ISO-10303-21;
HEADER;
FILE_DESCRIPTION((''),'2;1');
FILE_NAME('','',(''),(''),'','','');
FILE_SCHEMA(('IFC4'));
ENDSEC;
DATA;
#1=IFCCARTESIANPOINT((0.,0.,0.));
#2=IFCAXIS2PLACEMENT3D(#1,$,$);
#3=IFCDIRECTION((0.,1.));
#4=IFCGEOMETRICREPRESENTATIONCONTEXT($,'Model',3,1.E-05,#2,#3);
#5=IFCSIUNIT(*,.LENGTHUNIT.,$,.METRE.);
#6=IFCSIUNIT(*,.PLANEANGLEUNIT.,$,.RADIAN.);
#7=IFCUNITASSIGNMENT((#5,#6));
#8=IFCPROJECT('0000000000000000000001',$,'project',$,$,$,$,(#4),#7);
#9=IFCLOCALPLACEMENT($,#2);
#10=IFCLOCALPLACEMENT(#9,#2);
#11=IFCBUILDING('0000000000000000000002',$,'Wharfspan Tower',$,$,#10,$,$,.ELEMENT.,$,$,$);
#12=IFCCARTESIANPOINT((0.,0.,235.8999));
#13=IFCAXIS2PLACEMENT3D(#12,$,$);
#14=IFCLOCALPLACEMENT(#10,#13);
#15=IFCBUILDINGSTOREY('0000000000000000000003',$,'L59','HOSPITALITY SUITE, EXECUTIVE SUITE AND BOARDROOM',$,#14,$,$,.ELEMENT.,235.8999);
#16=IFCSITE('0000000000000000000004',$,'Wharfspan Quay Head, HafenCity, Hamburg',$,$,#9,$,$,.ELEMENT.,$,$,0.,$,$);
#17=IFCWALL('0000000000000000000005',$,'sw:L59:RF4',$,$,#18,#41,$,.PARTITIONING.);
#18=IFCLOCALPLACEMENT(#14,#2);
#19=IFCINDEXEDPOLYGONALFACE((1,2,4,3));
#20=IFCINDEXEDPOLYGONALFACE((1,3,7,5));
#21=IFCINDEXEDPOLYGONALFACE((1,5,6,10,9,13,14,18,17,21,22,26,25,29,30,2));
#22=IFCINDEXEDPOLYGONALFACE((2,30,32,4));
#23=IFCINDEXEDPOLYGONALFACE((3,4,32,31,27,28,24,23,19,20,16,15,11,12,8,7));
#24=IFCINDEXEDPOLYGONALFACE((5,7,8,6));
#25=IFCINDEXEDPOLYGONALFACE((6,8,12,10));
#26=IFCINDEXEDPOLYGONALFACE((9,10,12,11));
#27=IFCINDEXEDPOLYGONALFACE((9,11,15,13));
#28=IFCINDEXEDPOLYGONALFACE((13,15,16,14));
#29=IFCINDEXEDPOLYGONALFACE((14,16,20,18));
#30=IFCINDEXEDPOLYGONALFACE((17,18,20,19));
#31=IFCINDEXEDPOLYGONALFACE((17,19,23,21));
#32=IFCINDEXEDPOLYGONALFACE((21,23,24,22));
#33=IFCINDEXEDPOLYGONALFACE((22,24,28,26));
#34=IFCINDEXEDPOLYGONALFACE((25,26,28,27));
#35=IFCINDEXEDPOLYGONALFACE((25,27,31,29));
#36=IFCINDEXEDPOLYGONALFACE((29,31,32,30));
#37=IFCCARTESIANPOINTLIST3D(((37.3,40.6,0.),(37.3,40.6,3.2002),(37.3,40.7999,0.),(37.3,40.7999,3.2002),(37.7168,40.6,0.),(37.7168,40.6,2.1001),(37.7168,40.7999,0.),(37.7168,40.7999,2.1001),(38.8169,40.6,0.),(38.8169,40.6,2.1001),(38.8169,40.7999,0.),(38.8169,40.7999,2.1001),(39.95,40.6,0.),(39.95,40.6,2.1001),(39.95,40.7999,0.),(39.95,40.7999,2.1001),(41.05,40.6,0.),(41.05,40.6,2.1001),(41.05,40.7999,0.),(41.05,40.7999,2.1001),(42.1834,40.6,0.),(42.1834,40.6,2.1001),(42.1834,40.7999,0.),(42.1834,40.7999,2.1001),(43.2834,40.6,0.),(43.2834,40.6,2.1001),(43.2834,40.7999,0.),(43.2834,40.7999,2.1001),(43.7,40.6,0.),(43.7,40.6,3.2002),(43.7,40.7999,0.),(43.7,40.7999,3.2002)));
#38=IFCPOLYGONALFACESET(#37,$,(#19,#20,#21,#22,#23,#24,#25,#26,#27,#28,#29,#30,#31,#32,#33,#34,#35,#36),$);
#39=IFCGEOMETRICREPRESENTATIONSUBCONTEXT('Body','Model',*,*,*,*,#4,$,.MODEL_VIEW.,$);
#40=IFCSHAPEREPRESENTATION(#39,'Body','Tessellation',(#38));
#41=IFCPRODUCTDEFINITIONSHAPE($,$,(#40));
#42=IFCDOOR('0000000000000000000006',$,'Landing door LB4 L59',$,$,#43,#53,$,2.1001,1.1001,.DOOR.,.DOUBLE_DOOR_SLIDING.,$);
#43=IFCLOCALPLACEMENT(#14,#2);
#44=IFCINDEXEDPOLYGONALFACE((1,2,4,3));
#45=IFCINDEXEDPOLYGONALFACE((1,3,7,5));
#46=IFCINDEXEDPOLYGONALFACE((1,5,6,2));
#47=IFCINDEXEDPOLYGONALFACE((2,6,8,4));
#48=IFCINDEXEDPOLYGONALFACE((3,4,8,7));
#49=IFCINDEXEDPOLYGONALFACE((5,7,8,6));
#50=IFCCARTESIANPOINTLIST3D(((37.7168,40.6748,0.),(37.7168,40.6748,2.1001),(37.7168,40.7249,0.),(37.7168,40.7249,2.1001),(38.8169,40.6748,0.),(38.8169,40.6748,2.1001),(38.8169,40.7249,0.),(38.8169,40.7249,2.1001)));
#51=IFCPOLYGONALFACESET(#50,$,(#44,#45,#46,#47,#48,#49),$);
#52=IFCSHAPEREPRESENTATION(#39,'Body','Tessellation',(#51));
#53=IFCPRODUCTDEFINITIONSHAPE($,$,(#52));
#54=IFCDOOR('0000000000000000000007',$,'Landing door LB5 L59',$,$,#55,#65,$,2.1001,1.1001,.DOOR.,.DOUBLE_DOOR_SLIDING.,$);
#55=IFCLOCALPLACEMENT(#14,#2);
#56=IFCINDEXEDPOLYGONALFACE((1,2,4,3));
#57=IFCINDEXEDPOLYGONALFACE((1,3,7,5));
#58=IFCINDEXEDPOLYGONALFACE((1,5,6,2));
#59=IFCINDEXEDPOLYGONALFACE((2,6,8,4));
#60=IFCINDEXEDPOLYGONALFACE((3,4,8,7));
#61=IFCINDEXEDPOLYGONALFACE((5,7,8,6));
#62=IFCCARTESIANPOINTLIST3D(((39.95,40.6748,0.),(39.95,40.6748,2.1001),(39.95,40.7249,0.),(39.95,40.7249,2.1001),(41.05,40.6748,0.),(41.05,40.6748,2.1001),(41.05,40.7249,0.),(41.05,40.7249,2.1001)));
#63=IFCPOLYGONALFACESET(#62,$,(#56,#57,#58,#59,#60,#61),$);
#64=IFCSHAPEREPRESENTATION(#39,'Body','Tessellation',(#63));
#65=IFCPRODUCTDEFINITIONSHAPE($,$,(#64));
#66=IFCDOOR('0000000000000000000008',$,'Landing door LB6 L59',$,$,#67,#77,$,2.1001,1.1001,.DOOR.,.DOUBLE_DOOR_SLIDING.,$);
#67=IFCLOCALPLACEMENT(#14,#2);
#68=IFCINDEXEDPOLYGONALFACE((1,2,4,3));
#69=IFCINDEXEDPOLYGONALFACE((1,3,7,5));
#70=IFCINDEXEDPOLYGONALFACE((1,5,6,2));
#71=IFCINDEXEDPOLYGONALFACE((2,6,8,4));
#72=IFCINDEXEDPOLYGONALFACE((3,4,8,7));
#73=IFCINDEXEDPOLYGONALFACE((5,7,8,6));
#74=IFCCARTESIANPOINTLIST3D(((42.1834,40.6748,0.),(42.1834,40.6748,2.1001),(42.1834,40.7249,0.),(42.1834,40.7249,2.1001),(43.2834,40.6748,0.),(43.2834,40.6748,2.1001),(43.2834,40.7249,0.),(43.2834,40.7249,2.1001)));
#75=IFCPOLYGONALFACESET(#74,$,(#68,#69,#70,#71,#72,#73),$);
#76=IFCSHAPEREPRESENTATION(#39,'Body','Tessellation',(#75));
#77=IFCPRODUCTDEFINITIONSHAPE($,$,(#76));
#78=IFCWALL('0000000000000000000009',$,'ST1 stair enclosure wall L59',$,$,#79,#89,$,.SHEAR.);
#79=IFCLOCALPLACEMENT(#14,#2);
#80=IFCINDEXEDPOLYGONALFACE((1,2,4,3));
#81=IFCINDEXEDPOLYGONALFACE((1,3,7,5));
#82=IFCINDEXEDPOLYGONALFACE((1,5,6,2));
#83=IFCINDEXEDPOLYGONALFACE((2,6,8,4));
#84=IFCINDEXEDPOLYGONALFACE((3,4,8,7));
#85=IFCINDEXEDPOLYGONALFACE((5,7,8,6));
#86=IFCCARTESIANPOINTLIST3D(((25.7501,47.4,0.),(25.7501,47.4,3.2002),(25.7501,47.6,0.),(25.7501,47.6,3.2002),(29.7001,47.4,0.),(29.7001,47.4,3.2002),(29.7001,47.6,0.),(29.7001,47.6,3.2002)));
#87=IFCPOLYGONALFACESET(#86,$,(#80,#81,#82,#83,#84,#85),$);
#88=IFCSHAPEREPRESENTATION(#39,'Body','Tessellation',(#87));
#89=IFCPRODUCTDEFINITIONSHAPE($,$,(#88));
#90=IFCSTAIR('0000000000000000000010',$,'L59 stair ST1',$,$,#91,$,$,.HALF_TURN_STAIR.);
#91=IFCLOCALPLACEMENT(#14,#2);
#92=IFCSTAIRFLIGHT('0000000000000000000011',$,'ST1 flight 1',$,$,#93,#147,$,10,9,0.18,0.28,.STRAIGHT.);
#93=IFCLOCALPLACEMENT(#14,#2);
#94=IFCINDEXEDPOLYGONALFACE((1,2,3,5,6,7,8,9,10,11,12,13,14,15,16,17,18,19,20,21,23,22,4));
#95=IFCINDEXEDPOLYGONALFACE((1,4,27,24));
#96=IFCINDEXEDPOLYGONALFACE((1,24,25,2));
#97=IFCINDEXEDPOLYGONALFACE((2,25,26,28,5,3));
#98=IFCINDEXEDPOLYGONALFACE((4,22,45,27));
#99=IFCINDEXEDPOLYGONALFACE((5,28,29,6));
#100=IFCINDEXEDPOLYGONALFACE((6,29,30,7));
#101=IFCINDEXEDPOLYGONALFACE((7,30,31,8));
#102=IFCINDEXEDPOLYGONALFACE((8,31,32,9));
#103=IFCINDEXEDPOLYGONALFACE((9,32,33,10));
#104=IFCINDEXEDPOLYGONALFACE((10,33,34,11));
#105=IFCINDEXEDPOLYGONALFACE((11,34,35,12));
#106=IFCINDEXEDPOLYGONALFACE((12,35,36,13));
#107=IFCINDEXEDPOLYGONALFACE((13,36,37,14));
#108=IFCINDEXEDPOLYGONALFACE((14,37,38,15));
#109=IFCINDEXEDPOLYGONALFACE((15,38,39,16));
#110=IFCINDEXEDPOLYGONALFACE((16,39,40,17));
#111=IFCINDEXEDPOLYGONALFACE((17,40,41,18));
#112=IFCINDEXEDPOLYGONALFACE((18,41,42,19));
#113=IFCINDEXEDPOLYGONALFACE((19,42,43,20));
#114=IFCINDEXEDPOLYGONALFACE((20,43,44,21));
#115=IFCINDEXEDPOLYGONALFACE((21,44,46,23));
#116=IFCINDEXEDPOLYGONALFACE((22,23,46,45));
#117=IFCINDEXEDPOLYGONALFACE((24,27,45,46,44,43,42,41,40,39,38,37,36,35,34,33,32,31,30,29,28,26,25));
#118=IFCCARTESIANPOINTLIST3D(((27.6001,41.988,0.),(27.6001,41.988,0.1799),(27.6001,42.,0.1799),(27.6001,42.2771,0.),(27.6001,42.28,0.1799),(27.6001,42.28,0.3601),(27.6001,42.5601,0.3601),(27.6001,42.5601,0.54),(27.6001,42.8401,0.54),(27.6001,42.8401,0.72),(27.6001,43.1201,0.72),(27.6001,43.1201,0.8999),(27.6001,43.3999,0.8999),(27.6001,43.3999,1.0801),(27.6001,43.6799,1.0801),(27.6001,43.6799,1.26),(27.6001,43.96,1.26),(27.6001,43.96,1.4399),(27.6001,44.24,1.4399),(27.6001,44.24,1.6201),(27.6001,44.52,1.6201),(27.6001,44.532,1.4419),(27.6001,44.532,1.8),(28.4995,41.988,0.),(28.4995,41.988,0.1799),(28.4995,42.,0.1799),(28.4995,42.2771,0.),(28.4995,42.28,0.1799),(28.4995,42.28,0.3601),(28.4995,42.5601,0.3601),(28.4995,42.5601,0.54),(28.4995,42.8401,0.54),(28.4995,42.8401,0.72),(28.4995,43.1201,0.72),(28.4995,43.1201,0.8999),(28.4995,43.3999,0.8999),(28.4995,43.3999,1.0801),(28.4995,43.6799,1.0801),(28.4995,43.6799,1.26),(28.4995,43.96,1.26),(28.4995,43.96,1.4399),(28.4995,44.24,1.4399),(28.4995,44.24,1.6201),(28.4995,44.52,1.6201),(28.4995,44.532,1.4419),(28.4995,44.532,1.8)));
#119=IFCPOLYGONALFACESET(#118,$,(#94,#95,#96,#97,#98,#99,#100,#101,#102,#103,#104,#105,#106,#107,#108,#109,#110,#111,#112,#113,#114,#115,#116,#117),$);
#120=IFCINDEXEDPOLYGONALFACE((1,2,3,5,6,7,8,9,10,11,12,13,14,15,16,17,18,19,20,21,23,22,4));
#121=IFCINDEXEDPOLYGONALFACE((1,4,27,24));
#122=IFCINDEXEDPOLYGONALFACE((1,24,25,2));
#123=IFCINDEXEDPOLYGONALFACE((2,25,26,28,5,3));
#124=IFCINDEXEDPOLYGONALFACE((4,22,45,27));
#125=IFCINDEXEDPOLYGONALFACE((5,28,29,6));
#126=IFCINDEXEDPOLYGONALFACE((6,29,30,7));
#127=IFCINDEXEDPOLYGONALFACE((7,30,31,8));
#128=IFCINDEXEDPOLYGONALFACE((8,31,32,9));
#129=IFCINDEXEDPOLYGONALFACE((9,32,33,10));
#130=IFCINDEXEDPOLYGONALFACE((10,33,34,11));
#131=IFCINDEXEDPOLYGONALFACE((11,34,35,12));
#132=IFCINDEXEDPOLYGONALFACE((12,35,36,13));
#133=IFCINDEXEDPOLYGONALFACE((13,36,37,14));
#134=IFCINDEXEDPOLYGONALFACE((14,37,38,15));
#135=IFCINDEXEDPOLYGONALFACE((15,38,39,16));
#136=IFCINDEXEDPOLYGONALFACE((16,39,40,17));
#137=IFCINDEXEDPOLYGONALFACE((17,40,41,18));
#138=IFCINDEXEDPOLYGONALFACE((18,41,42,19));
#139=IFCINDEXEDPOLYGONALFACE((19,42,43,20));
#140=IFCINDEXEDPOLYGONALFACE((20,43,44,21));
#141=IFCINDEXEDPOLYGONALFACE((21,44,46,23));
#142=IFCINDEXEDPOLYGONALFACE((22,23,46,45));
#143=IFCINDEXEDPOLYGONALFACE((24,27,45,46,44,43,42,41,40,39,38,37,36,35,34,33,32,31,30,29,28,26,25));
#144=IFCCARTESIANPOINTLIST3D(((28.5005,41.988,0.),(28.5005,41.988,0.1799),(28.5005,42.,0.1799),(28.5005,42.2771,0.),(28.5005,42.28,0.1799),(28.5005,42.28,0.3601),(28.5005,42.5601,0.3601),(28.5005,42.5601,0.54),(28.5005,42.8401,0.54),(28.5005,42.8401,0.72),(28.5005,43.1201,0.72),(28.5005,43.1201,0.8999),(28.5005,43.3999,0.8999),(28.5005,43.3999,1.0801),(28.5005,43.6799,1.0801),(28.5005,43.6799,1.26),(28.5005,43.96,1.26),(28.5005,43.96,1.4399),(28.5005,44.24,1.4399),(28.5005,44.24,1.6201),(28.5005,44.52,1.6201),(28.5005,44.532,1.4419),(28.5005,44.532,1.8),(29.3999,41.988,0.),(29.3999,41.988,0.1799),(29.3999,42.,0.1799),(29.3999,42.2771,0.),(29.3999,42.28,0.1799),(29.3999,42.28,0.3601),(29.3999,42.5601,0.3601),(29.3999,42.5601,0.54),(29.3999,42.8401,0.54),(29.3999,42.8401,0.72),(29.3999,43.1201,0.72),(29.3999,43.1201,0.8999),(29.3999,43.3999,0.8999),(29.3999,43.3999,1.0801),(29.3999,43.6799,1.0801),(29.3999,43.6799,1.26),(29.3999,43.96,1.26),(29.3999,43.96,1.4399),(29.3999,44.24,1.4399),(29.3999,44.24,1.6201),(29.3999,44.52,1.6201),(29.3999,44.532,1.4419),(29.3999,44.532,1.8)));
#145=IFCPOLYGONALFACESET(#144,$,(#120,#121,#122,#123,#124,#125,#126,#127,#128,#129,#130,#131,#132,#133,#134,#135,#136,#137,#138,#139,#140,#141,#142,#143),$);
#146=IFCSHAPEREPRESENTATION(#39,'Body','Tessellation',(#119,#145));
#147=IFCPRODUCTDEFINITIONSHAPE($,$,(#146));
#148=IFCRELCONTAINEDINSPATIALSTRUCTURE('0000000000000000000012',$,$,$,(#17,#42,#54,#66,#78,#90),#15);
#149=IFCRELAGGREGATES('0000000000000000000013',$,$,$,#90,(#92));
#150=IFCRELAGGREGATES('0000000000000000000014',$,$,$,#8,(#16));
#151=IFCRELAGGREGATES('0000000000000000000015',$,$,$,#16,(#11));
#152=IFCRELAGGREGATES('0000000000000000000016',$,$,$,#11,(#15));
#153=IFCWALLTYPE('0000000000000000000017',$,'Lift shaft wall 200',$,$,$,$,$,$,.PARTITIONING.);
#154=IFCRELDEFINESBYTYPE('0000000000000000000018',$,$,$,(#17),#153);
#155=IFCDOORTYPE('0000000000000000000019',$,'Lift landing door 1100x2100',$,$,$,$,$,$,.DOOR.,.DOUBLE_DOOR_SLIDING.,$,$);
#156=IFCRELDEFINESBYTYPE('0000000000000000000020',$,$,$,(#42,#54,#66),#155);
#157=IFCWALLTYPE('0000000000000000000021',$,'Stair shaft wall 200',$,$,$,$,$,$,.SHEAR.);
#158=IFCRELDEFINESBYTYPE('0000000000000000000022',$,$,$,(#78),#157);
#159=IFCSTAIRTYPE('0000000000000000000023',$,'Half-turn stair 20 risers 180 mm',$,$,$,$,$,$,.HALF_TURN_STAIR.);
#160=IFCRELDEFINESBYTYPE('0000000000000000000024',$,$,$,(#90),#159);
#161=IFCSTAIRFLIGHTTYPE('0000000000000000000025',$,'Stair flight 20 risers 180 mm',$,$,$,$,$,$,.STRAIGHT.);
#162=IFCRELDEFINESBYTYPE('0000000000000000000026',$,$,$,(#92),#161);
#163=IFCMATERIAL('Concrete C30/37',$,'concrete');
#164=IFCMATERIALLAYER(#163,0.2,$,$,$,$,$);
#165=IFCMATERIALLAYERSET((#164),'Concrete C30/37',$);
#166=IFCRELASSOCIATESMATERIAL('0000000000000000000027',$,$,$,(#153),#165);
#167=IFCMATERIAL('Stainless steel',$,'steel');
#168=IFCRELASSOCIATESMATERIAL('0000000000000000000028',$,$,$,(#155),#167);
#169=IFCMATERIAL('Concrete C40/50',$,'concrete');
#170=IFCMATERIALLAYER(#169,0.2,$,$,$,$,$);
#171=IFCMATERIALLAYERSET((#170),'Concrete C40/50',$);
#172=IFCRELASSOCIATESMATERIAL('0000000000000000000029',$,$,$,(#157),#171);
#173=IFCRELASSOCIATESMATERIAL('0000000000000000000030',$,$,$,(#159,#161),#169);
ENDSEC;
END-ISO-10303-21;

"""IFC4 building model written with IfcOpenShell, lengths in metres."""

from ifc_helpers import new_model, si_unit, direction, frame, frame_2d, origin, place, context, subcontext, project, spatial, polyline, rectangle, outline, extrude, material, layer, layer_set, type_object, element, fill, aggregate, save


model = new_model("IFC4")

# Units and contexts
model_context = context("Model", 3, precision=1e-05, world=origin(), true_north=direction((0.0, 1.0)))
body_context = subcontext(model_context, "Body", "Model", "MODEL_VIEW")
ifc_project = project(units=[si_unit("LENGTHUNIT", "METRE"), si_unit("PLANEANGLEUNIT", "RADIAN")], contexts=[model_context])

# Site, building, storey
site_placement = place(None, origin())
site = spatial("IfcSite", under=ifc_project, at=site_placement, Name="Wharfspan Quay Head, HafenCity, Hamburg", CompositionType="ELEMENT", RefElevation=0.0)
building_placement = place(site_placement, origin())
building = spatial("IfcBuilding", under=site, at=building_placement, Name="Wharfspan Tower", CompositionType="ELEMENT")
storey_placement = place(building_placement, frame((0.0, 0.0, 235.8999)))
storey = spatial("IfcBuildingStorey", under=building, at=storey_placement, Name="L59", Description="HOSPITALITY SUITE, EXECUTIVE SUITE AND BOARDROOM", CompositionType="ELEMENT", Elevation=235.8999)

# Wall, openings, doors
ifc_material_1 = material(Name="Concrete C30/37", Category="concrete")
ifc_layer_1 = layer(ifc_material_1, 0.2)
ifc_layer_set_1 = layer_set([ifc_layer_1], Name="Concrete C30/37")
wall_type_1 = type_object("IfcWallType", Name="Lift shaft wall 200", PredefinedType="PARTITIONING", material=ifc_layer_set_1)
ifc_material_2 = material(Name="Stainless steel", Category="steel")
door_type_1 = type_object("IfcDoorType", Name="Lift landing door 1100x2100", OperationType="DOUBLE_DOOR_SLIDING", PredefinedType="DOOR", material=ifc_material_2)
wall_1_placement = place(storey_placement, frame((37.3, 40.7, 0.0), z_axis=(0.0, 0.0, 1.0), x_axis=(1.0, 0.0, 0.0)))
wall_1 = element("IfcWall", 1, at=wall_1_placement, inside=storey, type_object=wall_type_1, Name="sw:L59:RF4", PredefinedType="PARTITIONING", context=body_context, shape_type="SweptSolid", body=[
    extrude(rectangle(XDim=6.3999, YDim=0.2, at=frame_2d((3.2, 0.0))), origin(), (0.0, 0.0, 1.0), 3.2002),
])
opening_1_placement = place(wall_1_placement, frame((0.4167, 0.0, 0.0)))
opening_1 = element("IfcOpeningElement", 2, at=opening_1_placement, cuts=wall_1, PredefinedType="OPENING", context=body_context, shape_type="SweptSolid", body=[
    extrude(rectangle(XDim=1.1001, YDim=2.1001, at=frame_2d((0.55, 1.05))), frame((0.0, 0.1099, 0.0), z_axis=(0.0, -1.0, 0.0), x_axis=(1.0, 0.0, 0.0)), (0.0, 0.0, 1.0), 0.22),
])
opening_2_placement = place(wall_1_placement, frame((2.6499, 0.0, 0.0)))
opening_2 = element("IfcOpeningElement", 3, at=opening_2_placement, cuts=wall_1, PredefinedType="OPENING", context=body_context, shape_type="SweptSolid", body=[
    extrude(rectangle(XDim=1.1001, YDim=2.1001, at=frame_2d((0.55, 1.05))), frame((0.0, 0.1099, 0.0), z_axis=(0.0, -1.0, 0.0), x_axis=(1.0, 0.0, 0.0)), (0.0, 0.0, 1.0), 0.22),
])
opening_3_placement = place(wall_1_placement, frame((4.8833, 0.0, 0.0)))
opening_3 = element("IfcOpeningElement", 4, at=opening_3_placement, cuts=wall_1, PredefinedType="OPENING", context=body_context, shape_type="SweptSolid", body=[
    extrude(rectangle(XDim=1.1001, YDim=2.1001, at=frame_2d((0.55, 1.05))), frame((0.0, 0.1099, 0.0), z_axis=(0.0, -1.0, 0.0), x_axis=(1.0, 0.0, 0.0)), (0.0, 0.0, 1.0), 0.22),
])
door_1_placement = place(opening_1_placement, origin())
door_1 = element("IfcDoor", 5, at=door_1_placement, inside=storey, type_object=door_type_1, Name="Landing door LB4 L59", OperationType="DOUBLE_DOOR_SLIDING", OverallHeight=2.1001, OverallWidth=1.1001, PredefinedType="DOOR", context=body_context, shape_type="SweptSolid", body=[
    extrude(rectangle(XDim=1.1001, YDim=2.1001, at=frame_2d((0.55, 1.05))), frame((0.0, 0.0249, 0.0), z_axis=(0.0, -1.0, 0.0), x_axis=(1.0, 0.0, 0.0)), (0.0, 0.0, 1.0), 0.05),
])
fill(opening_1, door_1)
door_2_placement = place(opening_2_placement, origin())
door_2 = element("IfcDoor", 6, at=door_2_placement, inside=storey, type_object=door_type_1, Name="Landing door LB5 L59", OperationType="DOUBLE_DOOR_SLIDING", OverallHeight=2.1001, OverallWidth=1.1001, PredefinedType="DOOR", context=body_context, shape_type="SweptSolid", body=[
    extrude(rectangle(XDim=1.1001, YDim=2.1001, at=frame_2d((0.55, 1.05))), frame((0.0, 0.0249, 0.0), z_axis=(0.0, -1.0, 0.0), x_axis=(1.0, 0.0, 0.0)), (0.0, 0.0, 1.0), 0.05),
])
fill(opening_2, door_2)
door_3_placement = place(opening_3_placement, origin())
door_3 = element("IfcDoor", 7, at=door_3_placement, inside=storey, type_object=door_type_1, Name="Landing door LB6 L59", OperationType="DOUBLE_DOOR_SLIDING", OverallHeight=2.1001, OverallWidth=1.1001, PredefinedType="DOOR", context=body_context, shape_type="SweptSolid", body=[
    extrude(rectangle(XDim=1.1001, YDim=2.1001, at=frame_2d((0.55, 1.05))), frame((0.0, 0.0249, 0.0), z_axis=(0.0, -1.0, 0.0), x_axis=(1.0, 0.0, 0.0)), (0.0, 0.0, 1.0), 0.05),
])
fill(opening_3, door_3)

# Wall
ifc_material_3 = material(Name="Concrete C40/50", Category="concrete")
ifc_layer_2 = layer(ifc_material_3, 0.2)
ifc_layer_set_2 = layer_set([ifc_layer_2], Name="Concrete C40/50")
wall_type_2 = type_object("IfcWallType", Name="Stair shaft wall 200", PredefinedType="SHEAR", material=ifc_layer_set_2)
wall_2_placement = place(storey_placement, frame((25.75, 47.5, 0.0), z_axis=(0.0, 0.0, 1.0), x_axis=(1.0, 0.0, 0.0)))
element("IfcWall", 8, at=wall_2_placement, inside=storey, type_object=wall_type_2, Name="ST1 stair enclosure wall L59", PredefinedType="SHEAR", context=body_context, shape_type="SweptSolid", body=[
    extrude(rectangle(XDim=3.95, YDim=0.2, at=frame_2d((1.9751, 0.0))), origin(), (0.0, 0.0, 1.0), 3.2002),
])

# Stair, stair flight
stair_type = type_object("IfcStairType", Name="Half-turn stair 20 risers 180 mm", PredefinedType="HALF_TURN_STAIR", material=ifc_material_3)
stair_placement = place(storey_placement, origin())
stair = element("IfcStair", 9, at=stair_placement, inside=storey, type_object=stair_type, Name="L59 stair ST1", PredefinedType="HALF_TURN_STAIR")
stair_flight_type = type_object("IfcStairFlightType", Name="Stair flight 20 risers 180 mm", PredefinedType="STRAIGHT", material=ifc_material_3)
stair_flight_1_placement = place(storey_placement, frame((28.5, 42.0, 0.0), z_axis=(0.0, 0.0, 1.0), x_axis=(0.0, 1.0, 0.0)))
stair_flight_1 = element("IfcStairFlight", 10, at=stair_flight_1_placement, type_object=stair_flight_type, Name="ST1 flight 1", NumberOfRisers=10, NumberOfTreads=9, PredefinedType="STRAIGHT", RiserHeight=0.18, TreadLength=0.28, context=body_context, shape_type="SweptSolid", body=[
    extrude(outline(polyline([(-0.012, 0.0), (-0.012, 0.1799), (0.0, 0.1799), (0.28, 0.1799), (0.28, 0.3601), (0.5601, 0.3601), (0.5601, 0.54), (0.8401, 0.54), (0.8401, 0.72), (1.1201, 0.72), (1.1201, 0.8999), (1.3999, 0.8999), (1.3999, 1.0801), (1.6799, 1.0801), (1.6799, 1.26), (1.96, 1.26), (1.96, 1.4399), (2.24, 1.4399), (2.24, 1.6201), (2.52, 1.6201), (2.532, 1.8), (2.532, 1.4419), (0.2771, 0.0), (-0.012, 0.0)])), frame((0.0, 0.8999, 0.0), z_axis=(0.0, -1.0, 0.0), x_axis=(1.0, 0.0, 0.0)), (0.0, 0.0, 1.0), 0.8994),
    extrude(outline(polyline([(-0.012, 0.0), (-0.012, 0.1799), (0.0, 0.1799), (0.28, 0.1799), (0.28, 0.3601), (0.5601, 0.3601), (0.5601, 0.54), (0.8401, 0.54), (0.8401, 0.72), (1.1201, 0.72), (1.1201, 0.8999), (1.3999, 0.8999), (1.3999, 1.0801), (1.6799, 1.0801), (1.6799, 1.26), (1.96, 1.26), (1.96, 1.4399), (2.24, 1.4399), (2.24, 1.6201), (2.52, 1.6201), (2.532, 1.8), (2.532, 1.4419), (0.2771, 0.0), (-0.012, 0.0)])), frame((0.0, -0.0005, 0.0), z_axis=(0.0, -1.0, 0.0), x_axis=(1.0, 0.0, 0.0)), (0.0, 0.0, 1.0), 0.8994),
])
aggregate(stair, [stair_flight_1])

save(model, "model.ifc")
